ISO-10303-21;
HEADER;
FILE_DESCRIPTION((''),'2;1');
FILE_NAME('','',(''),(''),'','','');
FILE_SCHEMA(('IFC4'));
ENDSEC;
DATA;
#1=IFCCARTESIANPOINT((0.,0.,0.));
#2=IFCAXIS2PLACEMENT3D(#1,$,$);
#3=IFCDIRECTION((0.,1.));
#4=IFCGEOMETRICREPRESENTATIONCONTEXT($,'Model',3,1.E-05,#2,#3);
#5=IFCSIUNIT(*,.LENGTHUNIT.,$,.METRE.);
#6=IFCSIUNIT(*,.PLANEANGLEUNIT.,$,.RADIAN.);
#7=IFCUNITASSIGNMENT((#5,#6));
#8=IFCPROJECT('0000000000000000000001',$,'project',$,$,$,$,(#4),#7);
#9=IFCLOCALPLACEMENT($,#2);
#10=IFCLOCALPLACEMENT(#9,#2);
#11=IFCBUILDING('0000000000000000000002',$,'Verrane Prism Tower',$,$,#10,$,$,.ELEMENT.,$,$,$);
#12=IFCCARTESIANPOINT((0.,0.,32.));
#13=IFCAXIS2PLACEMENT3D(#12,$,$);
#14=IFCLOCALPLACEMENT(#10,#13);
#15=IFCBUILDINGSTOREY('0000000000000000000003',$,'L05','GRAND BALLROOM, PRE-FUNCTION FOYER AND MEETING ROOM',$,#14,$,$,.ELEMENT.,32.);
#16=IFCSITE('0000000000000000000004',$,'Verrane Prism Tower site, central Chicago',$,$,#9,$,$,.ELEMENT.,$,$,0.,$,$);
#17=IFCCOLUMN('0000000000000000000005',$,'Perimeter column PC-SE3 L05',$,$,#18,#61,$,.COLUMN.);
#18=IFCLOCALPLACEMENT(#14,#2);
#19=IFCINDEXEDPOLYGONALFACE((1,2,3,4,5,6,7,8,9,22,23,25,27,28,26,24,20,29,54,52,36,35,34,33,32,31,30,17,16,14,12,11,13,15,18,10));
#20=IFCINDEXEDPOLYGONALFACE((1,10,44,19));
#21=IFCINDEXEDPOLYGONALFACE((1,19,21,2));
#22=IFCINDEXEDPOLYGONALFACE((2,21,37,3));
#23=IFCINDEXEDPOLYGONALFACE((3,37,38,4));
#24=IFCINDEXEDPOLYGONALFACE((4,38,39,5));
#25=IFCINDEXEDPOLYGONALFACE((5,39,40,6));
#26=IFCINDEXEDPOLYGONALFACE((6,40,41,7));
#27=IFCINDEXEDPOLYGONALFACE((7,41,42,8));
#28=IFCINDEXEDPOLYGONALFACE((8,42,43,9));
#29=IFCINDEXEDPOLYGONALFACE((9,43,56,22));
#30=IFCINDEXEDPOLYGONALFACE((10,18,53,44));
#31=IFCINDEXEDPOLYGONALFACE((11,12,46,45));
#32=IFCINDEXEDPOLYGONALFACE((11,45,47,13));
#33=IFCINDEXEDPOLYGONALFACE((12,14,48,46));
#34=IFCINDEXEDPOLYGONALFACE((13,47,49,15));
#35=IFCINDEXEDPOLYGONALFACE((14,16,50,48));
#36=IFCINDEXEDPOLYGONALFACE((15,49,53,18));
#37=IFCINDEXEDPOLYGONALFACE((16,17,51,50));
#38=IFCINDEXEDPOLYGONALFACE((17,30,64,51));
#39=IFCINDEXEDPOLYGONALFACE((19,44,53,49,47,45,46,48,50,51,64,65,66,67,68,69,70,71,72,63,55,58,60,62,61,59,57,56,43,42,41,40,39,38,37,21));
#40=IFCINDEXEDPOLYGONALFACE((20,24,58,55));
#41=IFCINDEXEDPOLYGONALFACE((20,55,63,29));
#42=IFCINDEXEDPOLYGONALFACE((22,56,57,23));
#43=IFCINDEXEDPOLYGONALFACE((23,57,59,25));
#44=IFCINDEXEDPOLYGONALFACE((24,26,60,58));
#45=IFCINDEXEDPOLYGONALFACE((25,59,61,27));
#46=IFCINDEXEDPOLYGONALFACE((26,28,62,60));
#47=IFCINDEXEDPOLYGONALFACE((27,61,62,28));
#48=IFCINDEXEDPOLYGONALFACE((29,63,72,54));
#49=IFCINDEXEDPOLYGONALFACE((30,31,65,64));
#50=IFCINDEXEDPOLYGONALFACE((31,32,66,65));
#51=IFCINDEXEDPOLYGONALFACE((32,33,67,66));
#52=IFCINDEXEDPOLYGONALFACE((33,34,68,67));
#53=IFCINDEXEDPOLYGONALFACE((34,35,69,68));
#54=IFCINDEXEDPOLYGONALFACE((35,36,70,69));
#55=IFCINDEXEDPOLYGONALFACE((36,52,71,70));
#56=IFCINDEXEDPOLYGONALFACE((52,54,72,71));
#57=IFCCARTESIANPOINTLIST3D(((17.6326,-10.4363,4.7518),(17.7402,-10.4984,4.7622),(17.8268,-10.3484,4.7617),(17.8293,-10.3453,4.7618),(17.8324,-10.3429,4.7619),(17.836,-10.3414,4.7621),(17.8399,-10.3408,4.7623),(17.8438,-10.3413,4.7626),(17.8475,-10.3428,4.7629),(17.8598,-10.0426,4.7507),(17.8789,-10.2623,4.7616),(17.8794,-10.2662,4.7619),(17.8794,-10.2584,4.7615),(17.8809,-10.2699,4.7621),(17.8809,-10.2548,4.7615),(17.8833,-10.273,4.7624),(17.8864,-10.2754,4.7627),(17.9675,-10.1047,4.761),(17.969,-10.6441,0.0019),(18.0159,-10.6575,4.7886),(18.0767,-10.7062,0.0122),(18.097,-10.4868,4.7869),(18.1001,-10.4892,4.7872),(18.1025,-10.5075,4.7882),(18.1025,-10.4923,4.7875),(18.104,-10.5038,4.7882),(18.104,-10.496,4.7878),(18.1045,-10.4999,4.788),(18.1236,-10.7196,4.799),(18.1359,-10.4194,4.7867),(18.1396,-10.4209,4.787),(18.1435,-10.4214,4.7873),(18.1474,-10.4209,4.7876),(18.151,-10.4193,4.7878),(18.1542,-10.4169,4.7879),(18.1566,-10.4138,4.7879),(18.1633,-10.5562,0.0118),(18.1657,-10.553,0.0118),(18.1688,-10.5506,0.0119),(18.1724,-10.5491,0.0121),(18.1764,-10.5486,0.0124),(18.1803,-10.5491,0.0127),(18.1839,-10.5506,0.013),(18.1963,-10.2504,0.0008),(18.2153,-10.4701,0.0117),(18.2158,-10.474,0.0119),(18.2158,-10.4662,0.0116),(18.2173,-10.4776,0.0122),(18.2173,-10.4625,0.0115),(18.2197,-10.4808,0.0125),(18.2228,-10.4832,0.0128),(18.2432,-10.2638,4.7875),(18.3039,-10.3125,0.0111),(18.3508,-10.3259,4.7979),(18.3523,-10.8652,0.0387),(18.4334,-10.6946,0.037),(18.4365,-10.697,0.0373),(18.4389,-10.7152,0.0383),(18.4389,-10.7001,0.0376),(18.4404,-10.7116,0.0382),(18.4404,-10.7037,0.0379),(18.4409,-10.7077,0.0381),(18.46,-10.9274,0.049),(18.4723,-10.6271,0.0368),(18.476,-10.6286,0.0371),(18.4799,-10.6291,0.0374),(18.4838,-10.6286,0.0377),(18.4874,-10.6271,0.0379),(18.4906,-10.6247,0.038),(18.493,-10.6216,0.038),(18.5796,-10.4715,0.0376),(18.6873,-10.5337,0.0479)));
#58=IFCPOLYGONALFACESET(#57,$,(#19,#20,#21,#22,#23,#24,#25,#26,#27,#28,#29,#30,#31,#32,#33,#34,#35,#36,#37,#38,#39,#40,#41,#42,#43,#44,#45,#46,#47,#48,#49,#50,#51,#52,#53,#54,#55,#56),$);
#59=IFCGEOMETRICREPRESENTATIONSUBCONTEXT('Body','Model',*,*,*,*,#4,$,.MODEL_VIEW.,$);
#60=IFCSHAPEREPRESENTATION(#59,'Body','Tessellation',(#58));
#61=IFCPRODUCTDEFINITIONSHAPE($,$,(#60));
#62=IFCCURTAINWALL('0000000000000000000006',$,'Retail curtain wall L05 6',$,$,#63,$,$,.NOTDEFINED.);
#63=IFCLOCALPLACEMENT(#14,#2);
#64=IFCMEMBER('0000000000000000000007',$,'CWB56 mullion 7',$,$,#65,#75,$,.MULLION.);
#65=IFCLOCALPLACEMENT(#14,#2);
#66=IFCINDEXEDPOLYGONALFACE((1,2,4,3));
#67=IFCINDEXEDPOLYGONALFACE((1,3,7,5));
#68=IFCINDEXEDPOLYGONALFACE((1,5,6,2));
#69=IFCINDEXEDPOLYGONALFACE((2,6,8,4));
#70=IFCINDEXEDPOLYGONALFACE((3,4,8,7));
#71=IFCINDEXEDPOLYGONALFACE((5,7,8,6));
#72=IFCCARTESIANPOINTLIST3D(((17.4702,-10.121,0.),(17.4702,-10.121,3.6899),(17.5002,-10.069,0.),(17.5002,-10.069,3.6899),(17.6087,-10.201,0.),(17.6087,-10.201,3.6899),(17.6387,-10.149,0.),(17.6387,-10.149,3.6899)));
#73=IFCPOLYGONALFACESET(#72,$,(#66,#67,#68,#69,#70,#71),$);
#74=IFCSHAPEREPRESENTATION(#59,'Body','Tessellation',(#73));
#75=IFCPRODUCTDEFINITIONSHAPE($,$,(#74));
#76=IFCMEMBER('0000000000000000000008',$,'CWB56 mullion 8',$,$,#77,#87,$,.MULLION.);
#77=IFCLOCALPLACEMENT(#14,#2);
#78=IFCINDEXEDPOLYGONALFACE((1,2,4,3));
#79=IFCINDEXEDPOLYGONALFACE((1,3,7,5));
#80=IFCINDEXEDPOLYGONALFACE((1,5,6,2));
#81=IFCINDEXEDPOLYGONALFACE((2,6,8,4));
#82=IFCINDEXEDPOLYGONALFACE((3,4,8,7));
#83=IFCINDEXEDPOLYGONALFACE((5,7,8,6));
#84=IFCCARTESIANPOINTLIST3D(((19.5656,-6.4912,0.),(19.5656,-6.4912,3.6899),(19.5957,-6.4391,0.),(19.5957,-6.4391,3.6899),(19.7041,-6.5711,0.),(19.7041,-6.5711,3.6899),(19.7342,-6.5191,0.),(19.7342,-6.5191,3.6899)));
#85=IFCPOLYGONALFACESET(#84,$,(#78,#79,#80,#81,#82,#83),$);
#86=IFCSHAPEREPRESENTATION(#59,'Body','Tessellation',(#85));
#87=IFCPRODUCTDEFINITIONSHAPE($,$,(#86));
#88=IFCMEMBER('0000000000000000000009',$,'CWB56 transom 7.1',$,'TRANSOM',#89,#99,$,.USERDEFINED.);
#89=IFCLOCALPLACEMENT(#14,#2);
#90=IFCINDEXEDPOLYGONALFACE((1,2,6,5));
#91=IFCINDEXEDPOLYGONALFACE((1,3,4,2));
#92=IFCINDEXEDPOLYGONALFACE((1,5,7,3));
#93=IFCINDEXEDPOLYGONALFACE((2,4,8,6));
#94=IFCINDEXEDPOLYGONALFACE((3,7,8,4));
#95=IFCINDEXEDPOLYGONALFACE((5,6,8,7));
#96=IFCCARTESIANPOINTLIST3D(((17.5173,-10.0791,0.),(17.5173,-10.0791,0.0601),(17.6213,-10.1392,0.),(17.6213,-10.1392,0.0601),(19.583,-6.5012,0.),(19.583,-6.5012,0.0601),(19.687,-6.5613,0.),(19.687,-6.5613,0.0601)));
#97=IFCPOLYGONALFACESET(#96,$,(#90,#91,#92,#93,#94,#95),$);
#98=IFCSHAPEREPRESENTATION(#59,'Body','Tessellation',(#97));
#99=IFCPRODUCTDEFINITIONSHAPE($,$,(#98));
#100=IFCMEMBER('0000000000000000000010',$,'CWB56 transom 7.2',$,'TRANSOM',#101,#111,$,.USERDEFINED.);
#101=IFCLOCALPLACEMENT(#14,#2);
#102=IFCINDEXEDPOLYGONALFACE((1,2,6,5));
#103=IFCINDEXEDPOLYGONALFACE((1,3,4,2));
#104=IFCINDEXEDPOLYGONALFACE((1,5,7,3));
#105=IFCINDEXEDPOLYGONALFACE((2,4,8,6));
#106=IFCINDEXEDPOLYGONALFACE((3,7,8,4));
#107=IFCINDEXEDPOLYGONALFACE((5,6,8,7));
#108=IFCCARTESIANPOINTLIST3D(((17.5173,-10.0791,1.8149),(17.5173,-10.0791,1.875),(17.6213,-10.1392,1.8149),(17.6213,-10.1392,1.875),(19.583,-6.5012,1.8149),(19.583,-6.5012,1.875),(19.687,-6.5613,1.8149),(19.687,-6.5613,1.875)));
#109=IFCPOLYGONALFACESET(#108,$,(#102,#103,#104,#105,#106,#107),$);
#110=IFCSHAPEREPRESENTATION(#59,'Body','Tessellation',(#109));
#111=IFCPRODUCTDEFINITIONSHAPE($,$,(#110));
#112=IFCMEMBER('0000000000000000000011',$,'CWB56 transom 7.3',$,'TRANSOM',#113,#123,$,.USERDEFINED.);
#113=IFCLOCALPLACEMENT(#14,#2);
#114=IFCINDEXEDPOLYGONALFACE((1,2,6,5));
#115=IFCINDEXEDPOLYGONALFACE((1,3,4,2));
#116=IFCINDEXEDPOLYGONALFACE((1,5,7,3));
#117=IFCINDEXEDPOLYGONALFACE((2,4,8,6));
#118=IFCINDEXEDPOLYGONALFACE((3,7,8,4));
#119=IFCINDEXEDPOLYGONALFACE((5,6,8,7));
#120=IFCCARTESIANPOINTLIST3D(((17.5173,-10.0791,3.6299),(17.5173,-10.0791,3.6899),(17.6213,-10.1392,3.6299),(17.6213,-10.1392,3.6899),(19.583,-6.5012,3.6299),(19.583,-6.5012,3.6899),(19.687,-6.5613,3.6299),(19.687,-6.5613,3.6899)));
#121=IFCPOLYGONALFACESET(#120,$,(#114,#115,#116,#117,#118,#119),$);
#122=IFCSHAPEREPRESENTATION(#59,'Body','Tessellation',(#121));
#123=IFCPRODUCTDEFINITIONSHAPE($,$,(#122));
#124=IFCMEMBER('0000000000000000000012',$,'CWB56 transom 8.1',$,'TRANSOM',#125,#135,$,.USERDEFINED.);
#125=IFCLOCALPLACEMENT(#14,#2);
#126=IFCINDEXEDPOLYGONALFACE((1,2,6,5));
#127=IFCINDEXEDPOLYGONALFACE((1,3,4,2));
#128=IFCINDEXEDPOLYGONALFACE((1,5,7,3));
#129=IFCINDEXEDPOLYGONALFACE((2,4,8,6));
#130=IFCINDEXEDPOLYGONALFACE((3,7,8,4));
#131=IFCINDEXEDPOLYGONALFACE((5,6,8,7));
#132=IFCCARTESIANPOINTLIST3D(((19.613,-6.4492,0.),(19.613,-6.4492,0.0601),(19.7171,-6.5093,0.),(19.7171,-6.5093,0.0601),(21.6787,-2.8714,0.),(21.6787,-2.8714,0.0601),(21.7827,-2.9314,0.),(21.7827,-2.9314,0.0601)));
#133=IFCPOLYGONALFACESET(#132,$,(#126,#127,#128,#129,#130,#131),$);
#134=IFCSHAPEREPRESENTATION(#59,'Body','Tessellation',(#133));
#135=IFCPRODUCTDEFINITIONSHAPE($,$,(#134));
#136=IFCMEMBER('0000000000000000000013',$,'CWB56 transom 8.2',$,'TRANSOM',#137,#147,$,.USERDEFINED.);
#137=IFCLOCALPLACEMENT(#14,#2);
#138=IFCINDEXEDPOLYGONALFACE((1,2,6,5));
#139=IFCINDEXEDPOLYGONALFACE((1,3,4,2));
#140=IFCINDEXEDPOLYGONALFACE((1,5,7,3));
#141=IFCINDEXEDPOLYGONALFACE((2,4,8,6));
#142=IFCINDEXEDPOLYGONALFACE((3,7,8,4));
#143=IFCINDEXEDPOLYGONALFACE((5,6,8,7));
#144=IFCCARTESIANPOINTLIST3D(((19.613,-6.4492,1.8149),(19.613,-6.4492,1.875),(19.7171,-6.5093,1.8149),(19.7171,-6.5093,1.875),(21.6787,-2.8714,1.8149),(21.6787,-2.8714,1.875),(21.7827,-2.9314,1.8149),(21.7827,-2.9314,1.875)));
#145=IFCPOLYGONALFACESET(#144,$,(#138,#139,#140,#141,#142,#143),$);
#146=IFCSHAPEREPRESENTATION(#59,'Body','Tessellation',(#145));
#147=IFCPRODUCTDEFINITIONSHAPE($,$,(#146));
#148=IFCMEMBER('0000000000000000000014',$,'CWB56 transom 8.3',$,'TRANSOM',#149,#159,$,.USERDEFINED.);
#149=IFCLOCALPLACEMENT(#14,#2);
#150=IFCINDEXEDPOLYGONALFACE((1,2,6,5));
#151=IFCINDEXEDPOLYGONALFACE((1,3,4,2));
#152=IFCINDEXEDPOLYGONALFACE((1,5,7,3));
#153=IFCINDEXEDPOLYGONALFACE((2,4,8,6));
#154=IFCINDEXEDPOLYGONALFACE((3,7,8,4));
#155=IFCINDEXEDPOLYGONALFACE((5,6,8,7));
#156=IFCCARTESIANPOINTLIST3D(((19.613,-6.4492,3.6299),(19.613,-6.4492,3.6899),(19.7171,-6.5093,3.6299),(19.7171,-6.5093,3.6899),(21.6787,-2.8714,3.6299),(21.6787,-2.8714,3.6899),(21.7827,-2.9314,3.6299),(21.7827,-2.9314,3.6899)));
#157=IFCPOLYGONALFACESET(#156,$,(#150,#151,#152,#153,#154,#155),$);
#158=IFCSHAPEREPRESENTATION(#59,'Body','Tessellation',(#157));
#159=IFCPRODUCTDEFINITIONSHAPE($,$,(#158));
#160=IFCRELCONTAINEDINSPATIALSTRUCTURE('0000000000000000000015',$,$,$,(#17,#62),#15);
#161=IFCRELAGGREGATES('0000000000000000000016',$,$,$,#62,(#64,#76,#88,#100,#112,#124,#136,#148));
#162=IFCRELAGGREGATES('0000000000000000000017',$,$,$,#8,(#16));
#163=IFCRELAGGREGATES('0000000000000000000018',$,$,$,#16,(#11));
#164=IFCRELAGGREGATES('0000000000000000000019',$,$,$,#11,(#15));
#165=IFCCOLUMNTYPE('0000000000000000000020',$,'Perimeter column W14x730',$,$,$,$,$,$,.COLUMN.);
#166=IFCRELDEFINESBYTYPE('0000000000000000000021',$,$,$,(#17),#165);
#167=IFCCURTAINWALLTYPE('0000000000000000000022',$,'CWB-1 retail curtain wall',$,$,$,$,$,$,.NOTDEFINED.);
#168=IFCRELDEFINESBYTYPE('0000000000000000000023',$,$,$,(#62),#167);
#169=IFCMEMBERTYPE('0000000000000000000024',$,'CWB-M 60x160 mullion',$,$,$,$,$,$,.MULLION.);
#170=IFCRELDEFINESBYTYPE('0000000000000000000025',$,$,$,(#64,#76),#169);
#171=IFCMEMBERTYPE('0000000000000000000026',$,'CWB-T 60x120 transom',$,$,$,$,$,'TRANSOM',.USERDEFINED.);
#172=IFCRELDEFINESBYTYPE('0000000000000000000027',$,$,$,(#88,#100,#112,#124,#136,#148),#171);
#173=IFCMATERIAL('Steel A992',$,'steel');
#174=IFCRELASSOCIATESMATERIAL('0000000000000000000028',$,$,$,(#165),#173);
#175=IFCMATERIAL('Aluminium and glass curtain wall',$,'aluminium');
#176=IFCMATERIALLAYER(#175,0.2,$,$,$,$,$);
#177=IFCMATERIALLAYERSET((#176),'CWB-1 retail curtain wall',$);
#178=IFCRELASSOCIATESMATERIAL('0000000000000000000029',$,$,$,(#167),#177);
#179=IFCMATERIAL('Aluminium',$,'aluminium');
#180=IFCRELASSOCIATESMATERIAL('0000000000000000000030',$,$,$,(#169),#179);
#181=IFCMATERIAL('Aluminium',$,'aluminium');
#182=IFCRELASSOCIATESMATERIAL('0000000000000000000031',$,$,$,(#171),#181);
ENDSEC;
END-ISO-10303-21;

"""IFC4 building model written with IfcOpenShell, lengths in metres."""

from ifc_helpers import new_model, si_unit, direction, frame, origin, origin_2d, place, context, subcontext, project, spatial, rectangle, i_section, extrude, material, layer, layer_set, material_profile, profile_set, type_object, element, aggregate, save


model = new_model("IFC4")

# Units and contexts
model_context = context("Model", 3, precision=1e-05, world=origin(), true_north=direction((0.0, 1.0)))
body_context = subcontext(model_context, "Body", "Model", "MODEL_VIEW")
ifc_project = project(units=[si_unit("LENGTHUNIT", "METRE"), si_unit("PLANEANGLEUNIT", "RADIAN")], contexts=[model_context])

# Site, building, storey
site_placement = place(None, origin())
site = spatial("IfcSite", under=ifc_project, at=site_placement, Name="Verrane Prism Tower site, central Chicago", CompositionType="ELEMENT", RefElevation=0.0)
building_placement = place(site_placement, origin())
building = spatial("IfcBuilding", under=site, at=building_placement, Name="Verrane Prism Tower", CompositionType="ELEMENT")
storey_placement = place(building_placement, frame((0.0, 0.0, 32.0)))
storey = spatial("IfcBuildingStorey", under=building, at=storey_placement, Name="L05", Description="GRAND BALLROOM, PRE-FUNCTION FOYER AND MEETING ROOM", CompositionType="ELEMENT", Elevation=32.0)

# Column
ifc_material_1 = material(Name="Steel A992", Category="steel")
ifc_material_profile_1 = material_profile(ifc_material_1, i_section(OverallWidth=0.4546, OverallDepth=0.5688, WebThickness=0.0779, FlangeThickness=0.1248, FilletRadius=0.0151, at=origin_2d()), Name="W14x730")
ifc_profile_set_1 = profile_set([ifc_material_profile_1], Name="Steel A992")
column_type = type_object("IfcColumnType", Name="Perimeter column W14x730", PredefinedType="COLUMN", material=ifc_profile_set_1)
column_placement = place(storey_placement, frame((18.3281, -10.5889, 0.0249), z_axis=(-0.070582, 0.043589, 0.996553), x_axis=(-0.499945, -0.866054, 0.002472)))
element("IfcColumn", 1, at=column_placement, inside=storey, type_object=column_type, Name="Perimeter column PC-SE3 L05", PredefinedType="COLUMN", context=body_context, shape_type="SweptSolid", body=[
    extrude(i_section(OverallWidth=0.4546, OverallDepth=0.5688, WebThickness=0.0779, FlangeThickness=0.1248, FilletRadius=0.0151, at=origin_2d()), origin(), (0.0, 0.0, 1.0), 4.7664),
])

# Curtain wall, members
ifc_material_2 = material(Name="Aluminium and glass curtain wall", Category="aluminium")
ifc_layer_1 = layer(ifc_material_2, 0.2)
ifc_layer_set_1 = layer_set([ifc_layer_1], Name="CWB-1 retail curtain wall")
curtain_wall_type = type_object("IfcCurtainWallType", Name="CWB-1 retail curtain wall", PredefinedType="NOTDEFINED", material=ifc_layer_set_1)
curtain_wall_placement = place(storey_placement, origin())
curtain_wall = element("IfcCurtainWall", 2, at=curtain_wall_placement, inside=storey, type_object=curtain_wall_type, Name="Retail curtain wall L05 6", PredefinedType="NOTDEFINED")
ifc_material_3 = material(Name="Aluminium", Category="aluminium")
ifc_material_profile_2 = material_profile(ifc_material_3, rectangle(XDim=0.1599, YDim=0.0601, at=origin_2d()), Name="CWB-M 60x160 mullion")
ifc_profile_set_2 = profile_set([ifc_material_profile_2], Name="Aluminium")
member_type_1 = type_object("IfcMemberType", Name="CWB-M 60x160 mullion", PredefinedType="MULLION", material=ifc_profile_set_2)
member_1_placement = place(storey_placement, frame((17.5544, -10.135, 0.0), z_axis=(0.0, 0.0, 1.0), x_axis=(-0.866025, 0.5, 0.0)))
member_1 = element("IfcMember", 3, at=member_1_placement, type_object=member_type_1, Name="CWB56 mullion 7", PredefinedType="MULLION", context=body_context, shape_type="SweptSolid", body=[
    extrude(rectangle(XDim=0.1599, YDim=0.0601, at=origin_2d()), origin(), (0.0, 0.0, 1.0), 3.6899),
])
member_2_placement = place(storey_placement, frame((19.6499, -6.5051, 0.0), z_axis=(0.0, 0.0, 1.0), x_axis=(-0.866025, 0.5, 0.0)))
member_2 = element("IfcMember", 4, at=member_2_placement, type_object=member_type_1, Name="CWB56 mullion 8", PredefinedType="MULLION", context=body_context, shape_type="SweptSolid", body=[
    extrude(rectangle(XDim=0.1599, YDim=0.0601, at=origin_2d()), origin(), (0.0, 0.0, 1.0), 3.6899),
])
ifc_material_4 = material(Name="Aluminium", Category="aluminium")
ifc_material_profile_3 = material_profile(ifc_material_4, rectangle(XDim=0.1201, YDim=0.0601, at=origin_2d()), Name="CWB-T 60x120 transom")
ifc_profile_set_3 = profile_set([ifc_material_profile_3], Name="Aluminium")
member_type_2 = type_object("IfcMemberType", Name="CWB-T 60x120 transom", ElementType="TRANSOM", PredefinedType="USERDEFINED", material=ifc_profile_set_3)
member_3_placement = place(storey_placement, frame((17.5693, -10.1091, 0.03), z_axis=(0.499997, 0.866027, 0.0), x_axis=(-0.866027, 0.499997, 0.0)))
member_3 = element("IfcMember", 5, at=member_3_placement, type_object=member_type_2, Name="CWB56 transom 7.1", ObjectType="TRANSOM", PredefinedType="USERDEFINED", context=body_context, shape_type="SweptSolid", body=[
    extrude(rectangle(XDim=0.1201, YDim=0.0601, at=origin_2d()), origin(), (0.0, 0.0, 1.0), 4.1313),
])
member_4_placement = place(storey_placement, frame((17.5693, -10.1091, 1.845), z_axis=(0.499997, 0.866027, 0.0), x_axis=(-0.866027, 0.499997, 0.0)))
member_4 = element("IfcMember", 6, at=member_4_placement, type_object=member_type_2, Name="CWB56 transom 7.2", ObjectType="TRANSOM", PredefinedType="USERDEFINED", context=body_context, shape_type="SweptSolid", body=[
    extrude(rectangle(XDim=0.1201, YDim=0.0601, at=origin_2d()), origin(), (0.0, 0.0, 1.0), 4.1313),
])
member_5_placement = place(storey_placement, frame((17.5693, -10.1091, 3.6599), z_axis=(0.499997, 0.866027, 0.0), x_axis=(-0.866027, 0.499997, 0.0)))
member_5 = element("IfcMember", 7, at=member_5_placement, type_object=member_type_2, Name="CWB56 transom 7.3", ObjectType="TRANSOM", PredefinedType="USERDEFINED", context=body_context, shape_type="SweptSolid", body=[
    extrude(rectangle(XDim=0.1201, YDim=0.0601, at=origin_2d()), origin(), (0.0, 0.0, 1.0), 4.1313),
])
member_6_placement = place(storey_placement, frame((19.665, -6.4792, 0.03), z_axis=(0.499997, 0.866027, 0.0), x_axis=(-0.866027, 0.499997, 0.0)))
member_6 = element("IfcMember", 8, at=member_6_placement, type_object=member_type_2, Name="CWB56 transom 8.1", ObjectType="TRANSOM", PredefinedType="USERDEFINED", context=body_context, shape_type="SweptSolid", body=[
    extrude(rectangle(XDim=0.1201, YDim=0.0601, at=origin_2d()), origin(), (0.0, 0.0, 1.0), 4.1313),
])
member_7_placement = place(storey_placement, frame((19.665, -6.4792, 1.845), z_axis=(0.499997, 0.866027, 0.0), x_axis=(-0.866027, 0.499997, 0.0)))
member_7 = element("IfcMember", 9, at=member_7_placement, type_object=member_type_2, Name="CWB56 transom 8.2", ObjectType="TRANSOM", PredefinedType="USERDEFINED", context=body_context, shape_type="SweptSolid", body=[
    extrude(rectangle(XDim=0.1201, YDim=0.0601, at=origin_2d()), origin(), (0.0, 0.0, 1.0), 4.1313),
])
member_8_placement = place(storey_placement, frame((19.665, -6.4792, 3.6599), z_axis=(0.499997, 0.866027, 0.0), x_axis=(-0.866027, 0.499997, 0.0)))
member_8 = element("IfcMember", 10, at=member_8_placement, type_object=member_type_2, Name="CWB56 transom 8.3", ObjectType="TRANSOM", PredefinedType="USERDEFINED", context=body_context, shape_type="SweptSolid", body=[
    extrude(rectangle(XDim=0.1201, YDim=0.0601, at=origin_2d()), origin(), (0.0, 0.0, 1.0), 4.1313),
])

aggregate(curtain_wall, [member_1, member_2, member_3, member_4, member_5, member_6, member_7, member_8])

save(model, "model.ifc")
